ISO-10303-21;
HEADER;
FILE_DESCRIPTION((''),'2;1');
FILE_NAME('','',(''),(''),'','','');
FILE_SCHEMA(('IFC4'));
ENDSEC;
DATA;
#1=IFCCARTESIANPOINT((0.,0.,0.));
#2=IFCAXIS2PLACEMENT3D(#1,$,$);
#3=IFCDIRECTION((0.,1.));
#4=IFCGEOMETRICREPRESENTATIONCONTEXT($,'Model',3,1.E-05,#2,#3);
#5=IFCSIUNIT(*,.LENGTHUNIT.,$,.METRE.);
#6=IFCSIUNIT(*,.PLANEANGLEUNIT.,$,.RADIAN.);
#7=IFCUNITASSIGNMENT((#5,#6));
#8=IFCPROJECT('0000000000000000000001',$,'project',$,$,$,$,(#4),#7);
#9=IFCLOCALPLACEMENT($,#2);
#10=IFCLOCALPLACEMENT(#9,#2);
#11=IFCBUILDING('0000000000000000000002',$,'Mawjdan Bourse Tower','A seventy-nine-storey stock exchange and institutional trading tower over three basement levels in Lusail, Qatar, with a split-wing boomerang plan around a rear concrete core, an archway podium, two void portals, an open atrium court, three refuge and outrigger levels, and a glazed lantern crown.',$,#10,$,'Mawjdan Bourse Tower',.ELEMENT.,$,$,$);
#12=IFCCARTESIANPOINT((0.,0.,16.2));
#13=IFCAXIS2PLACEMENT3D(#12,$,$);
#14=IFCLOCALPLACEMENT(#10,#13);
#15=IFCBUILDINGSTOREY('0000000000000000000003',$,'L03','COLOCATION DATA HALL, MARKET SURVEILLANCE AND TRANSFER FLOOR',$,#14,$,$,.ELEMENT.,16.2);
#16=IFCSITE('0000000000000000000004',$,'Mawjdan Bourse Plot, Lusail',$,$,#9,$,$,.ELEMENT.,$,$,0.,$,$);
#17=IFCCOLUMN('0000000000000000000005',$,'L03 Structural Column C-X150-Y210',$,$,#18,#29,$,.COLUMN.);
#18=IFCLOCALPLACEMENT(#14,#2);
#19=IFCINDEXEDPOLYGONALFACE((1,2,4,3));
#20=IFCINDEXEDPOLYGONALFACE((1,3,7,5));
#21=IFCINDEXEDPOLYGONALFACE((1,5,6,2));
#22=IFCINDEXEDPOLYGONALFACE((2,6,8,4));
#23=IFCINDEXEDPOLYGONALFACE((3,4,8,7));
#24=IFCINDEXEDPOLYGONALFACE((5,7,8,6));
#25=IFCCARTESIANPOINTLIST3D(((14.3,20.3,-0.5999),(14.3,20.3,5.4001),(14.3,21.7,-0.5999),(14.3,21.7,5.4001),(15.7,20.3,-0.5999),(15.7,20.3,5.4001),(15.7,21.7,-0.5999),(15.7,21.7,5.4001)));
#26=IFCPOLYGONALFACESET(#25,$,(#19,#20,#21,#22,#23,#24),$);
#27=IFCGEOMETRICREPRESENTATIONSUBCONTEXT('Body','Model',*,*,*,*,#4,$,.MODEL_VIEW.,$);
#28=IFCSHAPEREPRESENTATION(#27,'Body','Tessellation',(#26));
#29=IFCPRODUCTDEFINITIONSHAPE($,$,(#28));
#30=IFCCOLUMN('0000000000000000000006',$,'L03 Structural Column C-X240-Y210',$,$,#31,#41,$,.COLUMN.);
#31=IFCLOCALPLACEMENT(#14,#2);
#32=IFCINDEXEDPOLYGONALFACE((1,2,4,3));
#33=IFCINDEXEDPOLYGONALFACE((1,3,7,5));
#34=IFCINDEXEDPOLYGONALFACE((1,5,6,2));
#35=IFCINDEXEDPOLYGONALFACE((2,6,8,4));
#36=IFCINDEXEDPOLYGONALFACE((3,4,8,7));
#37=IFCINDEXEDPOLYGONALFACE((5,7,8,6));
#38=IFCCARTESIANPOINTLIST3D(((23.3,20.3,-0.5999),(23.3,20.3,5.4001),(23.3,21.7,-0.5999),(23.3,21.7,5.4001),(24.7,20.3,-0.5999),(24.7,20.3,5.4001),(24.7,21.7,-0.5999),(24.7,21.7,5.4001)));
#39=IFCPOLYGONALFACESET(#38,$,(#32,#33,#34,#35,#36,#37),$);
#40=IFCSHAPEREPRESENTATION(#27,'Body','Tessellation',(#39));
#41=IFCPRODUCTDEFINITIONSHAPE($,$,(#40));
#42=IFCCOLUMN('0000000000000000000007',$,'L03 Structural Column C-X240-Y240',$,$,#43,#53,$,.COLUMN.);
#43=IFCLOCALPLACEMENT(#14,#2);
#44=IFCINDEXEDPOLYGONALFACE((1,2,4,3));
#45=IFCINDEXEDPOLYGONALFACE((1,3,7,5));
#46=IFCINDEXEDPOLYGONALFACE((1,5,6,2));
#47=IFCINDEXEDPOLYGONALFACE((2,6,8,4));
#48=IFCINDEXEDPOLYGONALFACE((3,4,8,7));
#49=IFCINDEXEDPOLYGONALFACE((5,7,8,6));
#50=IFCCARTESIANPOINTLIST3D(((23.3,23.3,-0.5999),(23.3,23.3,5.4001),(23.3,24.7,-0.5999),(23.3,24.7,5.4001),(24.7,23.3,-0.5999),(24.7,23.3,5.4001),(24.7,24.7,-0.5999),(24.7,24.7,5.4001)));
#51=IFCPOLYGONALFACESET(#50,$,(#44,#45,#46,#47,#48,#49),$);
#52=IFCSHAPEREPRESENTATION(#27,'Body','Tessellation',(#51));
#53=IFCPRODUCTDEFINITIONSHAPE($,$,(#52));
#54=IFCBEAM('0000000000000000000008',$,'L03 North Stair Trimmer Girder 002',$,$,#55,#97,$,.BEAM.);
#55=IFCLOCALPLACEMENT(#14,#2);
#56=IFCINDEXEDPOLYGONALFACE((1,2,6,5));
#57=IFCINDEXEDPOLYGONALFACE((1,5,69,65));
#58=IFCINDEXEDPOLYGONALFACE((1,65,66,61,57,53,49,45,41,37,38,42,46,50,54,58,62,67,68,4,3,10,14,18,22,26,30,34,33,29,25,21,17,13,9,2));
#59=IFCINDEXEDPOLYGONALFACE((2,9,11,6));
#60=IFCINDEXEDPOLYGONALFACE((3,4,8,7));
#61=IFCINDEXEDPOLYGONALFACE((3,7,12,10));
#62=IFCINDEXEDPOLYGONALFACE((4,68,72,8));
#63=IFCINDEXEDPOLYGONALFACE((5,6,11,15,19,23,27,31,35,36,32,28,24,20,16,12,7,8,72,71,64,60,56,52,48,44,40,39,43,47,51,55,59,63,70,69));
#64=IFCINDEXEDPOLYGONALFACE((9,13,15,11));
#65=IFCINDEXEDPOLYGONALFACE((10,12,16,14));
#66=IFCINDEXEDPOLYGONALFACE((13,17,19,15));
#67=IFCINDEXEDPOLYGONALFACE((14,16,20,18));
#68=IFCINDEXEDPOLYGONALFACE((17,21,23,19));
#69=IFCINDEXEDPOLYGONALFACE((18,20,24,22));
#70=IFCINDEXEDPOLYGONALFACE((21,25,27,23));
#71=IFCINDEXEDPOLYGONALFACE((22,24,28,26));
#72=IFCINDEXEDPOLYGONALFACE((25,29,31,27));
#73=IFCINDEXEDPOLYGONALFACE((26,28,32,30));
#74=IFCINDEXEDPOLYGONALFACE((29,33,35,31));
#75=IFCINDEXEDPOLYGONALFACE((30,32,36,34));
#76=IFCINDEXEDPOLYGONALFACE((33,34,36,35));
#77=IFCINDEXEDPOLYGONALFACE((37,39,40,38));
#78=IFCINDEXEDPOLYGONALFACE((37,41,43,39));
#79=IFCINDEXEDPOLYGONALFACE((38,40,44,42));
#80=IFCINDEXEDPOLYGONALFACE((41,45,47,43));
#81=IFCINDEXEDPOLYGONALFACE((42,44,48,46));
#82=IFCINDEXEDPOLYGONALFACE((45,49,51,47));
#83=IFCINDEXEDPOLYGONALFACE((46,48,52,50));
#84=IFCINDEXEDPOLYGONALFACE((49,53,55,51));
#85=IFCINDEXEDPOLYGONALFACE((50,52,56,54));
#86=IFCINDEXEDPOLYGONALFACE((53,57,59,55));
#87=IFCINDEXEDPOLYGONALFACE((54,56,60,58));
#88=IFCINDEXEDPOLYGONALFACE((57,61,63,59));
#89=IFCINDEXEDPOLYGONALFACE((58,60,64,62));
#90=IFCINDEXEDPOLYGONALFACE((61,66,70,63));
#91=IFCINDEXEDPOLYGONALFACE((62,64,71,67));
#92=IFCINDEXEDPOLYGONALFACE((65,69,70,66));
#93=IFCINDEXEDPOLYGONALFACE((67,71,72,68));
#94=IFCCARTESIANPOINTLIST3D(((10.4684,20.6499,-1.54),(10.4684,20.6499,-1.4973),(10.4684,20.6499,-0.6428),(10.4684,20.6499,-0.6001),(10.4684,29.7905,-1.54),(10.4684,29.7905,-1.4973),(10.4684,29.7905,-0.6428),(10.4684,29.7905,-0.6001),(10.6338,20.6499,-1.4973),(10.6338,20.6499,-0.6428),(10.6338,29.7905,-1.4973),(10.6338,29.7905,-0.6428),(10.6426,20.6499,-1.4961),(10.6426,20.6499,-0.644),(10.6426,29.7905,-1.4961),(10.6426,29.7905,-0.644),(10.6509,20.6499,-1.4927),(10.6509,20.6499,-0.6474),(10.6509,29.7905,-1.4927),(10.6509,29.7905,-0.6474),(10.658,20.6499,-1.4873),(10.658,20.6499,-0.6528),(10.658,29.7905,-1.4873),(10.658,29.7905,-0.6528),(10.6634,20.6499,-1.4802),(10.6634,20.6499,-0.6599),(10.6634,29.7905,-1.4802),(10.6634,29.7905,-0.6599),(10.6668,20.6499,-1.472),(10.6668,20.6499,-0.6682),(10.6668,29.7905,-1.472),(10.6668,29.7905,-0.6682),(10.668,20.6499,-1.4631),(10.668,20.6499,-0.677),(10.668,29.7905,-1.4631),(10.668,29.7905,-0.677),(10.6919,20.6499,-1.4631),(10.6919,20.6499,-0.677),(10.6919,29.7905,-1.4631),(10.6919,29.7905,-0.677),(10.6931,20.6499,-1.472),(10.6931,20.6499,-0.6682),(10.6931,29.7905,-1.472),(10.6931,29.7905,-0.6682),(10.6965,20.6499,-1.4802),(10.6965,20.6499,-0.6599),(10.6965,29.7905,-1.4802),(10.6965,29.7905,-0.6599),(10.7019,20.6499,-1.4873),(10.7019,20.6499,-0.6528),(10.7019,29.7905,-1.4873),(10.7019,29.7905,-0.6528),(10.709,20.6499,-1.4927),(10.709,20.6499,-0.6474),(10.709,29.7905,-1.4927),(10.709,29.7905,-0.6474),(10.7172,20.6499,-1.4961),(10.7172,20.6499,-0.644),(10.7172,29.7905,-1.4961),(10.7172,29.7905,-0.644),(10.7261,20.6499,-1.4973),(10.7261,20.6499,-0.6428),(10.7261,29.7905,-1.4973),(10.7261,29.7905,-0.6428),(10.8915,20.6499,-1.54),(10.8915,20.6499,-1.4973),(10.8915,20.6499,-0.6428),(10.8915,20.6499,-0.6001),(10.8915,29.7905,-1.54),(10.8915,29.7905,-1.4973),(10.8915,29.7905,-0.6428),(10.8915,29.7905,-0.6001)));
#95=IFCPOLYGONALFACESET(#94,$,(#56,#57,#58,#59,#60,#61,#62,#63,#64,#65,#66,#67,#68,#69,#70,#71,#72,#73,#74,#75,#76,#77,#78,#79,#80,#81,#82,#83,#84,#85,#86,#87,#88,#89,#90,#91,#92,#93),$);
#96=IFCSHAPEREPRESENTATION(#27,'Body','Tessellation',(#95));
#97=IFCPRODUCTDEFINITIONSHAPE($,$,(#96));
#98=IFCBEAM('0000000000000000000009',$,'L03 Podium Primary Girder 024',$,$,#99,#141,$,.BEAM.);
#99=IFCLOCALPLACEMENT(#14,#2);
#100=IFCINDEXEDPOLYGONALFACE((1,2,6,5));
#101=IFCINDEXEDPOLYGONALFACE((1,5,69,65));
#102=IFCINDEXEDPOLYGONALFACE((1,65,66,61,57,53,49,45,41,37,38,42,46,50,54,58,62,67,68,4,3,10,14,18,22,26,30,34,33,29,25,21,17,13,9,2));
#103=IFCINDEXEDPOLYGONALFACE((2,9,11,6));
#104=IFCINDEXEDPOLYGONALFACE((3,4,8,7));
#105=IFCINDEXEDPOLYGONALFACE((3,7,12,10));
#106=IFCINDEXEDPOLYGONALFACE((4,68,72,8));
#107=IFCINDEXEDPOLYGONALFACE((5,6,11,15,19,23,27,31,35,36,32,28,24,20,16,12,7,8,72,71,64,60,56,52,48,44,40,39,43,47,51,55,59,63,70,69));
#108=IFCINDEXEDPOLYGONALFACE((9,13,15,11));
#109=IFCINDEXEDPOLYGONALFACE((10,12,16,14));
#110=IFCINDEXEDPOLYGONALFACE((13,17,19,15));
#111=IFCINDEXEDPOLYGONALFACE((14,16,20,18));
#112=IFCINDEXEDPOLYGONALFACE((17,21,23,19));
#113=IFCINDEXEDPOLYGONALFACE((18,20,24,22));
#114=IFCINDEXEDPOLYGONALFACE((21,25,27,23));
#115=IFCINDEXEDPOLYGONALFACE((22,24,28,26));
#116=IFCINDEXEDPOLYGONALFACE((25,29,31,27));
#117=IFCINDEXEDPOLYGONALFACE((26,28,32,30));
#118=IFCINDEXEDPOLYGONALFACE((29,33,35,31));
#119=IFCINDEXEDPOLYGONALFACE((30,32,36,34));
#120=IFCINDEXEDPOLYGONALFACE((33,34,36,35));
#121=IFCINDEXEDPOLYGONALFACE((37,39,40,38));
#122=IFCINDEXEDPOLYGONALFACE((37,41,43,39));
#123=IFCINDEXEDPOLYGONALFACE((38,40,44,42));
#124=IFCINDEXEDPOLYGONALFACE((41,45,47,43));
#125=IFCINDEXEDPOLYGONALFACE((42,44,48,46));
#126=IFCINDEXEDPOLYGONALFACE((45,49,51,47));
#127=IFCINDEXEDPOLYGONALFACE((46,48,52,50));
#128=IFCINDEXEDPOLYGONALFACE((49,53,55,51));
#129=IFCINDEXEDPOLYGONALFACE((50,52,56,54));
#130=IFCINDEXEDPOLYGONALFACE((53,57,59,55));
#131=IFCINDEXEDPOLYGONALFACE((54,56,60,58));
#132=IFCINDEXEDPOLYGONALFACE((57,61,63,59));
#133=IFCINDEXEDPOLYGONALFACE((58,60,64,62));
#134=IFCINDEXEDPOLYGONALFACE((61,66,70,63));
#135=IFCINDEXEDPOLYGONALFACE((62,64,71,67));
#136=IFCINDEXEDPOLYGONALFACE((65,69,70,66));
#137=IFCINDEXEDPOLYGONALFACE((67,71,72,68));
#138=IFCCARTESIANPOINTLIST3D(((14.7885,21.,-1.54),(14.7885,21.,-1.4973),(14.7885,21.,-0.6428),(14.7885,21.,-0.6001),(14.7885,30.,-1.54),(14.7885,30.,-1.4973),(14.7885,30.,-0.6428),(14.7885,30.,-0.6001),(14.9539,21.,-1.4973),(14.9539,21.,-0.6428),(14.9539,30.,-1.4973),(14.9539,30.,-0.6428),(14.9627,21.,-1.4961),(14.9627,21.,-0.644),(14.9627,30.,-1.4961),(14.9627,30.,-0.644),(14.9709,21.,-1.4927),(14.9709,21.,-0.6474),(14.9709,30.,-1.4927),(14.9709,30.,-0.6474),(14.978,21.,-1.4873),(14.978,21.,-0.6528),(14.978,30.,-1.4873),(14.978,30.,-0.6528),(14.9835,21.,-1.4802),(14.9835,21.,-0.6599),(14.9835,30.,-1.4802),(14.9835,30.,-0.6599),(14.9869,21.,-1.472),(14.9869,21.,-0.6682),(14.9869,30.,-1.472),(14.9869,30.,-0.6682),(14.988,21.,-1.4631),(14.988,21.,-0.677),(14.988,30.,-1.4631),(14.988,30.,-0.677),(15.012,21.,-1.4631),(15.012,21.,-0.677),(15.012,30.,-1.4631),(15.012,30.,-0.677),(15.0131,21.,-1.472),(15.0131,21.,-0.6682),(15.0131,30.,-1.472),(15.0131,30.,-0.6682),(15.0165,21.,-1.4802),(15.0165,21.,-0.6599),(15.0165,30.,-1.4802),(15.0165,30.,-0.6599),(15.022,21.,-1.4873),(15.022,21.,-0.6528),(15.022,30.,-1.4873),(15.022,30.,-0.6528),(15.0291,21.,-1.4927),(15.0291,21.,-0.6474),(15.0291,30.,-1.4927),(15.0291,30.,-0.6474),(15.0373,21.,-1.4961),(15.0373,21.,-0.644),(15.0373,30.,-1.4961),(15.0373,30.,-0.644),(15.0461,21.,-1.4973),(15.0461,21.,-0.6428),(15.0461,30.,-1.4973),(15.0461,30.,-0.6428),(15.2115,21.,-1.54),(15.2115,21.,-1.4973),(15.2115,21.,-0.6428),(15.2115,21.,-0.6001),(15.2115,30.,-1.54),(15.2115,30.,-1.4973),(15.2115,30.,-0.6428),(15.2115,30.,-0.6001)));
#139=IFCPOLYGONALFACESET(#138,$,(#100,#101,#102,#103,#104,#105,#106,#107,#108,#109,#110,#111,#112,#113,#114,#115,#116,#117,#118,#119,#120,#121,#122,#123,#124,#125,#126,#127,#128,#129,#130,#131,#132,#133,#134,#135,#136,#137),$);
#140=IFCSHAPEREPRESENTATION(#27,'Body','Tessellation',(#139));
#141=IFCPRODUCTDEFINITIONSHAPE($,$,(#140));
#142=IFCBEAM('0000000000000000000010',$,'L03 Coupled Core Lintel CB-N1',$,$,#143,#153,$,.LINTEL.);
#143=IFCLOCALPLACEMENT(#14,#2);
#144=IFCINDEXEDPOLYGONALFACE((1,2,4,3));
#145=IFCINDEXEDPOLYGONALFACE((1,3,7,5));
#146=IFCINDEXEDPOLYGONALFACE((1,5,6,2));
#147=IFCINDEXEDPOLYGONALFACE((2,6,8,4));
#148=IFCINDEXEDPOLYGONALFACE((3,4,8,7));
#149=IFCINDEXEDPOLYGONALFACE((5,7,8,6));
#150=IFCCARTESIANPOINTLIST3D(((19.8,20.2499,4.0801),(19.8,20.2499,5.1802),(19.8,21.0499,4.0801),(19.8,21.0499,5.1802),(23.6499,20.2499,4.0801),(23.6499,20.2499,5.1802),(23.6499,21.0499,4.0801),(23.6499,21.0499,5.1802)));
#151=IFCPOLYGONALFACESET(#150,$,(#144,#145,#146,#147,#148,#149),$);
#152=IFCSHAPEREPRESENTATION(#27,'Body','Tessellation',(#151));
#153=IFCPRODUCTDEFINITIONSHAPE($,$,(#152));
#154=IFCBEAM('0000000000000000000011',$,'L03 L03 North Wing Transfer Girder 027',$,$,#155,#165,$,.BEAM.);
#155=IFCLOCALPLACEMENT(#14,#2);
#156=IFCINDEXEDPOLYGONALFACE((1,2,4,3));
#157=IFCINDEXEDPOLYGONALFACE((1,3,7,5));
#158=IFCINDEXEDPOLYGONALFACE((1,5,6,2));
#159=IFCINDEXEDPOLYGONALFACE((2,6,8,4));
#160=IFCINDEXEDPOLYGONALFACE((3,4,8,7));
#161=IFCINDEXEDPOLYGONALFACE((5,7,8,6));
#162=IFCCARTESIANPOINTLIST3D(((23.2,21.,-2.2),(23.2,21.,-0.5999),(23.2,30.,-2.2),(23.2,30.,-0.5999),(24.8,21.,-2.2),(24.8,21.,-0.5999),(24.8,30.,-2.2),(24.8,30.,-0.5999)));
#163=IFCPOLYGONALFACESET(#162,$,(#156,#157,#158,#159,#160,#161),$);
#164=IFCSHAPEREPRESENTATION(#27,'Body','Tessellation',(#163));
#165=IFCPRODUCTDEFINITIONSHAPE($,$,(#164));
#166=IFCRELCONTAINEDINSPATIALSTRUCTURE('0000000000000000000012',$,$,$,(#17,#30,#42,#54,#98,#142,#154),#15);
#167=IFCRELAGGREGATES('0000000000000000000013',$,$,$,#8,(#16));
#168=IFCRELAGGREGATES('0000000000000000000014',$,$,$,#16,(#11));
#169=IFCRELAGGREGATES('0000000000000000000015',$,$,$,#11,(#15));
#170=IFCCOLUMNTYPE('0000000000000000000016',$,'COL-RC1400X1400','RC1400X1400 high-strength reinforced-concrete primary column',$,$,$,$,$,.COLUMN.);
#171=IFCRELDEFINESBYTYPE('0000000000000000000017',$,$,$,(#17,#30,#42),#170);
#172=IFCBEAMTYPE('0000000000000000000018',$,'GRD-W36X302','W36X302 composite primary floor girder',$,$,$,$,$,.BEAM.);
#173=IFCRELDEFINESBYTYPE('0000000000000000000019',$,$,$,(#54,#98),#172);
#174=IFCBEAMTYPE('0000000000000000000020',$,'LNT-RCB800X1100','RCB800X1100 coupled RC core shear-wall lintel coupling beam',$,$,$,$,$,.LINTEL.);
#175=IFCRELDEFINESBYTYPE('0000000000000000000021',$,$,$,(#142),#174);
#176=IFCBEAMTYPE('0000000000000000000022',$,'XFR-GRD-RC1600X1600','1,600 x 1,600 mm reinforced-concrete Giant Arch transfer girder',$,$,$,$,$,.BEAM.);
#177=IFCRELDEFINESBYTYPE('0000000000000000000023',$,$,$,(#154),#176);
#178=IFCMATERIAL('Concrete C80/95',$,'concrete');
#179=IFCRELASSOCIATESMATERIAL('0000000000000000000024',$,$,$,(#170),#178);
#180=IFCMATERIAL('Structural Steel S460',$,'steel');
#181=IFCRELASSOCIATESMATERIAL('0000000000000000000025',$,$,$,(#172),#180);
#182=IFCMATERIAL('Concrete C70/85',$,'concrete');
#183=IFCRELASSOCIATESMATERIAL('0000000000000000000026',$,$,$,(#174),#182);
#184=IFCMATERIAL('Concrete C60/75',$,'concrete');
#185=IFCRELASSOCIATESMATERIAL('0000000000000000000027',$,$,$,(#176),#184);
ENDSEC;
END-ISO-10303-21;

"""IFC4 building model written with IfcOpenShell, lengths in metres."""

from ifc_helpers import new_model, si_unit, direction, frame, origin, origin_2d, place, context, subcontext, project, spatial, rectangle, i_section, extrude, material, material_profile, profile_set, type_object, element, save


model = new_model("IFC4")

# Units and contexts
model_context = context("Model", 3, precision=1e-05, world=origin(), true_north=direction((0.0, 1.0)))
body_context = subcontext(model_context, "Body", "Model", "MODEL_VIEW")
ifc_project = project(units=[si_unit("LENGTHUNIT", "METRE"), si_unit("PLANEANGLEUNIT", "RADIAN")], contexts=[model_context])

# Site, building, storey
site_placement = place(None, origin())
site = spatial("IfcSite", under=ifc_project, at=site_placement, Name="Mawjdan Bourse Plot, Lusail", CompositionType="ELEMENT", RefElevation=0.0)
building_placement = place(site_placement, origin())
building = spatial("IfcBuilding", under=site, at=building_placement, Name="Mawjdan Bourse Tower", Description="A seventy-nine-storey stock exchange and institutional trading tower over three basement levels in Lusail, Qatar, with a split-wing boomerang plan around a rear concrete core, an archway podium, two void portals, an open atrium court, three refuge and outrigger levels, and a glazed lantern crown.", LongName="Mawjdan Bourse Tower", CompositionType="ELEMENT")
storey_placement = place(building_placement, frame((0.0, 0.0, 16.2)))
storey = spatial("IfcBuildingStorey", under=building, at=storey_placement, Name="L03", Description="COLOCATION DATA HALL, MARKET SURVEILLANCE AND TRANSFER FLOOR", CompositionType="ELEMENT", Elevation=16.2)

# Columns
ifc_material_1 = material(Name="Concrete C80/95", Category="concrete")
ifc_material_profile_1 = material_profile(ifc_material_1, rectangle(XDim=1.3999, YDim=1.3999, at=origin_2d()), Name="RC1400X1400")
ifc_profile_set_1 = profile_set([ifc_material_profile_1], Name="Concrete C80/95")
column_type = type_object("IfcColumnType", Name="COL-RC1400X1400", Description="RC1400X1400 high-strength reinforced-concrete primary column", PredefinedType="COLUMN", material=ifc_profile_set_1)
for number, where, z_axis, x_axis, name in (
    (1, (15.0, 21.0, -0.5999), (0.0, 0.0, 1.0), (1.0, 0.0, 0.0), "L03 Structural Column C-X150-Y210"),
    (2, (24.0, 21.0, -0.5999), (0.0, 0.0, 1.0), (1.0, 0.0, 0.0), "L03 Structural Column C-X240-Y210"),
    (3, (24.0, 24.0, -0.5999), (0.0, 0.0, 1.0), (1.0, 0.0, 0.0), "L03 Structural Column C-X240-Y240"),
):
    element("IfcColumn", number, at=place(storey_placement, frame(where, z_axis=z_axis, x_axis=x_axis)), inside=storey, type_object=column_type, Name=name, PredefinedType="COLUMN", context=body_context, shape_type="SweptSolid", body=[
        extrude(rectangle(XDim=1.3999, YDim=1.3999, at=origin_2d()), origin(), (0.0, 0.0, 1.0), 6.0),
    ])

# Beams
ifc_material_2 = material(Name="Structural Steel S460", Category="steel")
ifc_material_profile_2 = material_profile(ifc_material_2, i_section(OverallWidth=0.4231, OverallDepth=0.9399, WebThickness=0.0239, FlangeThickness=0.0427, FilletRadius=0.0342, at=origin_2d()), Name="W36X302")
ifc_profile_set_2 = profile_set([ifc_material_profile_2], Name="Structural Steel S460")
beam_type_1 = type_object("IfcBeamType", Name="GRD-W36X302", Description="W36X302 composite primary floor girder", PredefinedType="BEAM", material=ifc_profile_set_2)
beam_1_placement = place(storey_placement, frame((10.6799, 20.6499, -1.0701), z_axis=(0.0, 1.0, 0.0), x_axis=(-1.0, 0.0, 0.0)))
element("IfcBeam", 4, at=beam_1_placement, inside=storey, type_object=beam_type_1, Name="L03 North Stair Trimmer Girder 002", PredefinedType="BEAM", context=body_context, shape_type="SweptSolid", body=[
    extrude(i_section(OverallWidth=0.4231, OverallDepth=0.9399, WebThickness=0.0239, FlangeThickness=0.0427, FilletRadius=0.0342, at=origin_2d()), origin(), (0.0, 0.0, 1.0), 9.1406),
])
beam_2_placement = place(storey_placement, frame((15.0, 21.0, -1.0701), z_axis=(0.0, 1.0, 0.0), x_axis=(-1.0, 0.0, 0.0)))
element("IfcBeam", 5, at=beam_2_placement, inside=storey, type_object=beam_type_1, Name="L03 Podium Primary Girder 024", PredefinedType="BEAM", context=body_context, shape_type="SweptSolid", body=[
    extrude(i_section(OverallWidth=0.4231, OverallDepth=0.9399, WebThickness=0.0239, FlangeThickness=0.0427, FilletRadius=0.0342, at=origin_2d()), origin(), (0.0, 0.0, 1.0), 9.0),
])
ifc_material_3 = material(Name="Concrete C70/85", Category="concrete")
ifc_material_profile_3 = material_profile(ifc_material_3, rectangle(XDim=0.8, YDim=1.1001, at=origin_2d()), Name="RCB800X1100")
ifc_profile_set_3 = profile_set([ifc_material_profile_3], Name="Concrete C70/85")
beam_type_2 = type_object("IfcBeamType", Name="LNT-RCB800X1100", Description="RCB800X1100 coupled RC core shear-wall lintel coupling beam", PredefinedType="LINTEL", material=ifc_profile_set_3)
beam_3_placement = place(storey_placement, frame((19.8, 20.6499, 4.6301), z_axis=(1.0, 0.0, 0.0), x_axis=(0.0, 1.0, 0.0)))
element("IfcBeam", 6, at=beam_3_placement, inside=storey, type_object=beam_type_2, Name="L03 Coupled Core Lintel CB-N1", PredefinedType="LINTEL", context=body_context, shape_type="SweptSolid", body=[
    extrude(rectangle(XDim=0.8, YDim=1.1001, at=origin_2d()), origin(), (0.0, 0.0, 1.0), 3.8499),
])
ifc_material_4 = material(Name="Concrete C60/75", Category="concrete")
ifc_material_profile_4 = material_profile(ifc_material_4, rectangle(XDim=1.6001, YDim=1.6001, at=origin_2d()), Name="RC1600X1600")
ifc_profile_set_4 = profile_set([ifc_material_profile_4], Name="Concrete C60/75")
beam_type_3 = type_object("IfcBeamType", Name="XFR-GRD-RC1600X1600", Description="1,600 x 1,600 mm reinforced-concrete Giant Arch transfer girder", PredefinedType="BEAM", material=ifc_profile_set_4)
beam_4_placement = place(storey_placement, frame((24.0, 21.0, -1.3999), z_axis=(0.0, 1.0, 0.0), x_axis=(-1.0, 0.0, 0.0)))
element("IfcBeam", 7, at=beam_4_placement, inside=storey, type_object=beam_type_3, Name="L03 L03 North Wing Transfer Girder 027", PredefinedType="BEAM", context=body_context, shape_type="SweptSolid", body=[
    extrude(rectangle(XDim=1.6001, YDim=1.6001, at=origin_2d()), origin(), (0.0, 0.0, 1.0), 9.0),
])

save(model, "model.ifc")
